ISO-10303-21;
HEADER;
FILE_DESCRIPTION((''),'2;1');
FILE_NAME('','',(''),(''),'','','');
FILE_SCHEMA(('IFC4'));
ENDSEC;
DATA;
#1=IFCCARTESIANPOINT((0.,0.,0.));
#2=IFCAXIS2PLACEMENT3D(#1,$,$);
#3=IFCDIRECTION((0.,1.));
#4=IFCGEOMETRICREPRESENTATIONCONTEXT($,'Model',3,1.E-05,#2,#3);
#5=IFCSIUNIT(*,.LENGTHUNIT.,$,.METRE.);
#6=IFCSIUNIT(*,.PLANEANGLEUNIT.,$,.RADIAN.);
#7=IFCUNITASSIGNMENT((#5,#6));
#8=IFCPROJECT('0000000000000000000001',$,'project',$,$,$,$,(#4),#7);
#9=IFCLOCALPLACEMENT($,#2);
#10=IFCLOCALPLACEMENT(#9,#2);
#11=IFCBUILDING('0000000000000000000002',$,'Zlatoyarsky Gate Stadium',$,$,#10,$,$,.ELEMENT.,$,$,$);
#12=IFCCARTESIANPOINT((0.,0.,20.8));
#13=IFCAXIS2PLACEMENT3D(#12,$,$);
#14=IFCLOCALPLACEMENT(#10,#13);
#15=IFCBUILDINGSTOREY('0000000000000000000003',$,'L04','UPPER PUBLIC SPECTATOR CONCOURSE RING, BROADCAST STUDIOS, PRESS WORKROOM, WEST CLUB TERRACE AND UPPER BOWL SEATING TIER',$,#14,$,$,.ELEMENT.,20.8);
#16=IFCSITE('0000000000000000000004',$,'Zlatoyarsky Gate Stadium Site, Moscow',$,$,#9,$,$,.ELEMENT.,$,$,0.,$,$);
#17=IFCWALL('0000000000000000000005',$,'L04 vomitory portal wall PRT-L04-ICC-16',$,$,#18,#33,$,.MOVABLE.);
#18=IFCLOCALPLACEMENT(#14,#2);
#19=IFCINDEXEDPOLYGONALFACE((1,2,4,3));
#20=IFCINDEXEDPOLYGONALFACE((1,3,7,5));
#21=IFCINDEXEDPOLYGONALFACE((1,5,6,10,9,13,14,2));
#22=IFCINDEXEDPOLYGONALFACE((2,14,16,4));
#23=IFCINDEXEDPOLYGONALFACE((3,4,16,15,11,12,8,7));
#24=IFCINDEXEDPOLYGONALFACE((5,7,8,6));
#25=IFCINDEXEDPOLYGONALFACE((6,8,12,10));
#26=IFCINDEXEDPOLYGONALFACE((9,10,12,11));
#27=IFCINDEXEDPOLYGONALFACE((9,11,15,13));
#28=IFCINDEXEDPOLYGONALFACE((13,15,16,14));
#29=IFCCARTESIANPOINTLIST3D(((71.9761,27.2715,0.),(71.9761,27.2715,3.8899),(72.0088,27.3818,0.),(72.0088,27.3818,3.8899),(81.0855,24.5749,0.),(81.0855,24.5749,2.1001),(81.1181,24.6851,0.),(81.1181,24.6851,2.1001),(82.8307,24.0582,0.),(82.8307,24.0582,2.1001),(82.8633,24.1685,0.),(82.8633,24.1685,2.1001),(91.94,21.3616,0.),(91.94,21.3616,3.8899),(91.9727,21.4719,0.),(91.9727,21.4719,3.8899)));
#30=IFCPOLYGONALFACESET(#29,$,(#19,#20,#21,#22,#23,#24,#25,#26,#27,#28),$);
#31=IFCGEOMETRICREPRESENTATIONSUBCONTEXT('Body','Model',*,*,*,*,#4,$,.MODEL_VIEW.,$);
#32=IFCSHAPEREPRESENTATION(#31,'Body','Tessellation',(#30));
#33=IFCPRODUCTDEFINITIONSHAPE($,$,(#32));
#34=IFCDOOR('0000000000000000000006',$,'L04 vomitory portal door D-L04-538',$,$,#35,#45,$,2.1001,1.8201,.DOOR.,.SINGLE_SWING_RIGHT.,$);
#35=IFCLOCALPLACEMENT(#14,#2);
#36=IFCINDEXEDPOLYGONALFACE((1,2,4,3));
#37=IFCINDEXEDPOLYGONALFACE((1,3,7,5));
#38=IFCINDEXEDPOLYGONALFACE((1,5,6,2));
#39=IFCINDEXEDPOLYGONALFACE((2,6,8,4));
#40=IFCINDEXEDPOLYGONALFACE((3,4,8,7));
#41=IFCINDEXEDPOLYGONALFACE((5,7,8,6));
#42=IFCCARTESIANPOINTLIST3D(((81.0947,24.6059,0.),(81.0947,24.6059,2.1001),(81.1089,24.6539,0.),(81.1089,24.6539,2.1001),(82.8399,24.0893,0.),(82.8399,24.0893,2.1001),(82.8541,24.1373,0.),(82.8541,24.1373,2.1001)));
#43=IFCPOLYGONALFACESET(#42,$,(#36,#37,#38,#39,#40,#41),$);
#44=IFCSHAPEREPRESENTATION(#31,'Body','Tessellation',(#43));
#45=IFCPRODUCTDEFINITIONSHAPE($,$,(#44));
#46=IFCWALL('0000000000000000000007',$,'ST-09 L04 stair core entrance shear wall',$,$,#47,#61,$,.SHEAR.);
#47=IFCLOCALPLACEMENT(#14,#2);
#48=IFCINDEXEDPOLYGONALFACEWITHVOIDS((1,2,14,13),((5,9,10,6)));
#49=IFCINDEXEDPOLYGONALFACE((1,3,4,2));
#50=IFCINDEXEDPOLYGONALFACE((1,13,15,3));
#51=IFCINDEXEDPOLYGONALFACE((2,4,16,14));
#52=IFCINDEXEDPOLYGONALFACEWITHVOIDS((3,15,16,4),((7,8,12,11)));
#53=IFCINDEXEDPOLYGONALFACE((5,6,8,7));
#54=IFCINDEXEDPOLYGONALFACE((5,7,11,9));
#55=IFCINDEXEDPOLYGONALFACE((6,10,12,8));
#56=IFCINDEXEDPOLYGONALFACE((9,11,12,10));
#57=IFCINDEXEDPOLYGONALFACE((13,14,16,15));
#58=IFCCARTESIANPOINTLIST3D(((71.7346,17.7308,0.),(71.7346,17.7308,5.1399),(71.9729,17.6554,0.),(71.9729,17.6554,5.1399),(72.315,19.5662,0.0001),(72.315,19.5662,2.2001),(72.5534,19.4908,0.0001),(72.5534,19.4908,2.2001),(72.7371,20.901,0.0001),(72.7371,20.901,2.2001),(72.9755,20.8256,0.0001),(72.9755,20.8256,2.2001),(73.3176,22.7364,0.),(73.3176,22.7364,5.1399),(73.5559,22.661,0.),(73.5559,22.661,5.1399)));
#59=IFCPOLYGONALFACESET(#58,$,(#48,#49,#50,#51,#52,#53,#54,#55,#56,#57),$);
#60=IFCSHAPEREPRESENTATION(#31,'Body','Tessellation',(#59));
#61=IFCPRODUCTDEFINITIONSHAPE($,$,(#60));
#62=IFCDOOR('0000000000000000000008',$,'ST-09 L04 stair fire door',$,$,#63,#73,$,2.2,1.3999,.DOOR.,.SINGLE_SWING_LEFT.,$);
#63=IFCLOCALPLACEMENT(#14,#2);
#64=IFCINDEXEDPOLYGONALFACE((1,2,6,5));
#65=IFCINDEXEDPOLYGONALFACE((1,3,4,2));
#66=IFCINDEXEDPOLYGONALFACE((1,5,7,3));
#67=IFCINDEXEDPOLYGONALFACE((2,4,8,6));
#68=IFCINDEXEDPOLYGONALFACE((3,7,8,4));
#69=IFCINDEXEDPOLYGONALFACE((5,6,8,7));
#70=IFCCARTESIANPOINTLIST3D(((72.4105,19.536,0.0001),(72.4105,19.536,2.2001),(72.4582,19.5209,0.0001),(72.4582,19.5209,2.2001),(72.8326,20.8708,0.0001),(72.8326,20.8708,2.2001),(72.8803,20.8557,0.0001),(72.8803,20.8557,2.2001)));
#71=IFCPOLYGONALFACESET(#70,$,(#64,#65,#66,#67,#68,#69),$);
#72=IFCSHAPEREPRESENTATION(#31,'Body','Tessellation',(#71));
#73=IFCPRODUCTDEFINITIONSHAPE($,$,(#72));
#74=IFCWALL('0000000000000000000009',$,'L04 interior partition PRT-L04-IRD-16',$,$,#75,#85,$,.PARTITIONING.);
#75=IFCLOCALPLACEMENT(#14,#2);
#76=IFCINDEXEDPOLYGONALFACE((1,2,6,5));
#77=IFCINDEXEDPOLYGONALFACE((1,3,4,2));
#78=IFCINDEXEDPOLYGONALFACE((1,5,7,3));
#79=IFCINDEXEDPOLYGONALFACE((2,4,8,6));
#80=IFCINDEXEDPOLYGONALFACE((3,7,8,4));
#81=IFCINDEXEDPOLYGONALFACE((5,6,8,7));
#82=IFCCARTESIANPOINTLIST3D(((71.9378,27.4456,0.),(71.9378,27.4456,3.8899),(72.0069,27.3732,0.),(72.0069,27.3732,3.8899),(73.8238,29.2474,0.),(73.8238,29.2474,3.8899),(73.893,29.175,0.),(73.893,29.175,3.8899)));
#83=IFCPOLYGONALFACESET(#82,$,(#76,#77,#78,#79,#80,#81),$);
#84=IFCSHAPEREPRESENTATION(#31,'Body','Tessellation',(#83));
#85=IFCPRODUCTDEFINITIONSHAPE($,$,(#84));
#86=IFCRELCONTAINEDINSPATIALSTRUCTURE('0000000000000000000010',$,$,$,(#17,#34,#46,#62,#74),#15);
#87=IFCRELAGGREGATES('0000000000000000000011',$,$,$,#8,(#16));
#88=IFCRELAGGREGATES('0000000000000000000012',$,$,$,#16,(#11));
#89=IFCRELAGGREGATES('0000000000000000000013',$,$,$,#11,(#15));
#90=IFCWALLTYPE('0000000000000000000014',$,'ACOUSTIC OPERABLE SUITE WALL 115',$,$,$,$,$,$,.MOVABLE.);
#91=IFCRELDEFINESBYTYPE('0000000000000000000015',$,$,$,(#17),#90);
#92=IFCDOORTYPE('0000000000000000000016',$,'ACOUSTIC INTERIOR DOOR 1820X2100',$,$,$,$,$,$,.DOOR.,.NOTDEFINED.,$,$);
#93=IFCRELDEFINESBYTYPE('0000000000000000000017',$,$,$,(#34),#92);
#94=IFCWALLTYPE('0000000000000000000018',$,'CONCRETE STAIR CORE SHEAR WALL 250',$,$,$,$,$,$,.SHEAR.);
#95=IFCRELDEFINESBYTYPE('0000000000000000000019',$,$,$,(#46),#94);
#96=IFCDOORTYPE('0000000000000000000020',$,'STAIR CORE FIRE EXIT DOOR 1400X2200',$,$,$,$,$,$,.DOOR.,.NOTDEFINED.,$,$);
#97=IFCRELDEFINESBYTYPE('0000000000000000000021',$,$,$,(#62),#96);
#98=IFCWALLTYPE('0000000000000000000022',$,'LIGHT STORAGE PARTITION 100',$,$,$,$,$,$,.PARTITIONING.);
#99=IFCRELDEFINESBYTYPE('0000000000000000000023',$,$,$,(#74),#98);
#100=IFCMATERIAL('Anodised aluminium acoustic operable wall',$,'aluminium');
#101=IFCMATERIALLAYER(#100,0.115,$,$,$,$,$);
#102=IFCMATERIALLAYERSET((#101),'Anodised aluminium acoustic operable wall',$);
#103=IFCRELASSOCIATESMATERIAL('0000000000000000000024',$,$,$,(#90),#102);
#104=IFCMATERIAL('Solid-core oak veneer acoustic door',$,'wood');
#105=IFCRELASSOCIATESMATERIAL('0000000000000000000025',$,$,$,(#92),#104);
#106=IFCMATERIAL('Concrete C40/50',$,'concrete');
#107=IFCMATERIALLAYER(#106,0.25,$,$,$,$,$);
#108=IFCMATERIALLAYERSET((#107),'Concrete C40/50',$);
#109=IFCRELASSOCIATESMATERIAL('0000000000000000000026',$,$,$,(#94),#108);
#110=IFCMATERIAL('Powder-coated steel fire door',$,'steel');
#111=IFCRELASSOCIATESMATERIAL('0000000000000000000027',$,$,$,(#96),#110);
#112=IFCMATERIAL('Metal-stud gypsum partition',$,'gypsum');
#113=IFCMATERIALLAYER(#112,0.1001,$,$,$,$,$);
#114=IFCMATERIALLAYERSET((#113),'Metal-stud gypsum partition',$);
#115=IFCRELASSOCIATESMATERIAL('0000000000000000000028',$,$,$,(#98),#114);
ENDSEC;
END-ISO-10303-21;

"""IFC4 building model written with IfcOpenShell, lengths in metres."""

from ifc_helpers import new_model, si_unit, direction, frame, frame_2d, origin, place, context, subcontext, project, spatial, rectangle, extrude, material, layer, layer_set, type_object, element, fill, save


model = new_model("IFC4")

# Units and contexts
model_context = context("Model", 3, precision=1e-05, world=origin(), true_north=direction((0.0, 1.0)))
body_context = subcontext(model_context, "Body", "Model", "MODEL_VIEW")
ifc_project = project(units=[si_unit("LENGTHUNIT", "METRE"), si_unit("PLANEANGLEUNIT", "RADIAN")], contexts=[model_context])

# Site, building, storey
site_placement = place(None, origin())
site = spatial("IfcSite", under=ifc_project, at=site_placement, Name="Zlatoyarsky Gate Stadium Site, Moscow", CompositionType="ELEMENT", RefElevation=0.0)
building_placement = place(site_placement, origin())
building = spatial("IfcBuilding", under=site, at=building_placement, Name="Zlatoyarsky Gate Stadium", CompositionType="ELEMENT")
storey_placement = place(building_placement, frame((0.0, 0.0, 20.8)))
storey = spatial("IfcBuildingStorey", under=building, at=storey_placement, Name="L04", Description="UPPER PUBLIC SPECTATOR CONCOURSE RING, BROADCAST STUDIOS, PRESS WORKROOM, WEST CLUB TERRACE AND UPPER BOWL SEATING TIER", CompositionType="ELEMENT", Elevation=20.8)

# Shared definitions
ifc_material_1 = material(Name="Concrete C40/50", Category="concrete")

# Walls, openings, doors
ifc_material_2 = material(Name="Anodised aluminium acoustic operable wall", Category="aluminium")
ifc_layer_1 = layer(ifc_material_2, 0.115)
ifc_layer_set_1 = layer_set([ifc_layer_1], Name="Anodised aluminium acoustic operable wall")
wall_type_1 = type_object("IfcWallType", Name="ACOUSTIC OPERABLE SUITE WALL 115", PredefinedType="MOVABLE", material=ifc_layer_set_1)
wall_1_placement = place(storey_placement, frame((71.9924, 27.3267, 0.0), z_axis=(0.0, 0.0, 1.0), x_axis=(0.958868, -0.283854, 0.0)))
wall_1 = element("IfcWall", 1, at=wall_1_placement, inside=storey, type_object=wall_type_1, Name="L04 vomitory portal wall PRT-L04-ICC-16", PredefinedType="MOVABLE", context=body_context, shape_type="SweptSolid", body=[
    extrude(rectangle(XDim=20.8203, YDim=0.115, at=frame_2d((10.4102, 0.0))), origin(), (0.0, 0.0, 1.0), 3.8899),
])
opening_1_placement = place(wall_1_placement, frame((9.5, 0.0, 0.0)))
opening_1 = element("IfcOpeningElement", 2, at=opening_1_placement, cuts=wall_1, PredefinedType="OPENING", context=body_context, shape_type="SweptSolid", body=[
    extrude(rectangle(XDim=1.8201, YDim=2.1001, at=frame_2d((0.9102, 1.05))), frame((0.0, 0.0674, 0.0), z_axis=(0.0, -1.0, 0.0), x_axis=(1.0, 0.0, 0.0)), (0.0, 0.0, 1.0), 0.135),
])
ifc_material_3 = material(Name="Solid-core oak veneer acoustic door", Category="wood")
door_type_1 = type_object("IfcDoorType", Name="ACOUSTIC INTERIOR DOOR 1820X2100", OperationType="NOTDEFINED", PredefinedType="DOOR", material=ifc_material_3)
door_1_placement = place(opening_1_placement, origin())
door_1 = element("IfcDoor", 3, at=door_1_placement, inside=storey, type_object=door_type_1, Name="L04 vomitory portal door D-L04-538", OperationType="SINGLE_SWING_RIGHT", OverallHeight=2.1001, OverallWidth=1.8201, PredefinedType="DOOR", context=body_context, shape_type="SweptSolid", body=[
    extrude(rectangle(XDim=1.8201, YDim=2.1001, at=frame_2d((0.9102, 1.05))), frame((0.0, 0.0249, 0.0), z_axis=(0.0, -1.0, 0.0), x_axis=(1.0, 0.0, 0.0)), (0.0, 0.0, 1.0), 0.05),
])
fill(opening_1, door_1)
ifc_layer_2 = layer(ifc_material_1, 0.25)
ifc_layer_set_2 = layer_set([ifc_layer_2], Name="Concrete C40/50")
wall_type_2 = type_object("IfcWallType", Name="CONCRETE STAIR CORE SHEAR WALL 250", PredefinedType="SHEAR", material=ifc_layer_set_2)
wall_2_placement = place(storey_placement, frame((73.4368, 22.6987, 0.0), z_axis=(0.0, 0.0, 1.0), x_axis=(-0.301527, -0.953457, 0.0)))
wall_2 = element("IfcWall", 4, at=wall_2_placement, inside=storey, type_object=wall_type_2, Name="ST-09 L04 stair core entrance shear wall", PredefinedType="SHEAR", context=body_context, shape_type="SweptSolid", body=[
    extrude(rectangle(XDim=5.25, YDim=0.25, at=frame_2d((2.625, 0.0))), origin(), (0.0, 0.0, 1.0), 5.1399),
])
opening_2_placement = place(wall_2_placement, frame((1.925, 0.0, 0.0)))
opening_2 = element("IfcOpeningElement", 5, at=opening_2_placement, cuts=wall_2, PredefinedType="OPENING", context=body_context, shape_type="SweptSolid", body=[
    extrude(rectangle(XDim=1.3999, YDim=2.2, at=frame_2d((0.7, 1.1001))), frame((0.0, 0.135, 0.0), z_axis=(0.0, -1.0, 0.0), x_axis=(1.0, 0.0, 0.0)), (0.0, 0.0, 1.0), 0.27),
])
ifc_material_4 = material(Name="Powder-coated steel fire door", Category="steel")
door_type_2 = type_object("IfcDoorType", Name="STAIR CORE FIRE EXIT DOOR 1400X2200", OperationType="NOTDEFINED", PredefinedType="DOOR", material=ifc_material_4)
door_2_placement = place(opening_2_placement, frame((1.3999, 0.0, 0.0), z_axis=(0.0, 0.0, 1.0), x_axis=(-1.0, 0.0, 0.0)))
door_2 = element("IfcDoor", 6, at=door_2_placement, inside=storey, type_object=door_type_2, Name="ST-09 L04 stair fire door", OperationType="SINGLE_SWING_LEFT", OverallHeight=2.2, OverallWidth=1.3999, PredefinedType="DOOR", context=body_context, shape_type="SweptSolid", body=[
    extrude(rectangle(XDim=1.3999, YDim=2.2, at=frame_2d((0.7, 1.1001))), frame((0.0, 0.0249, 0.0), z_axis=(0.0, -1.0, 0.0), x_axis=(1.0, 0.0, 0.0)), (0.0, 0.0, 1.0), 0.05),
])
fill(opening_2, door_2)

# Wall
ifc_material_5 = material(Name="Metal-stud gypsum partition", Category="gypsum")
ifc_layer_3 = layer(ifc_material_5, 0.1001)
ifc_layer_set_3 = layer_set([ifc_layer_3], Name="Metal-stud gypsum partition")
wall_type_3 = type_object("IfcWallType", Name="LIGHT STORAGE PARTITION 100", PredefinedType="PARTITIONING", material=ifc_layer_set_3)
wall_3_placement = place(storey_placement, frame((73.8584, 29.2112, 0.0), z_axis=(0.0, 0.0, 1.0), x_axis=(-0.723069, -0.690776, 0.0)))
element("IfcWall", 7, at=wall_3_placement, inside=storey, type_object=wall_type_3, Name="L04 interior partition PRT-L04-IRD-16", PredefinedType="PARTITIONING", context=body_context, shape_type="SweptSolid", body=[
    extrude(rectangle(XDim=2.6084, YDim=0.1001, at=frame_2d((1.3042, 0.0))), origin(), (0.0, 0.0, 1.0), 3.8899),
])

save(model, "model.ifc")
